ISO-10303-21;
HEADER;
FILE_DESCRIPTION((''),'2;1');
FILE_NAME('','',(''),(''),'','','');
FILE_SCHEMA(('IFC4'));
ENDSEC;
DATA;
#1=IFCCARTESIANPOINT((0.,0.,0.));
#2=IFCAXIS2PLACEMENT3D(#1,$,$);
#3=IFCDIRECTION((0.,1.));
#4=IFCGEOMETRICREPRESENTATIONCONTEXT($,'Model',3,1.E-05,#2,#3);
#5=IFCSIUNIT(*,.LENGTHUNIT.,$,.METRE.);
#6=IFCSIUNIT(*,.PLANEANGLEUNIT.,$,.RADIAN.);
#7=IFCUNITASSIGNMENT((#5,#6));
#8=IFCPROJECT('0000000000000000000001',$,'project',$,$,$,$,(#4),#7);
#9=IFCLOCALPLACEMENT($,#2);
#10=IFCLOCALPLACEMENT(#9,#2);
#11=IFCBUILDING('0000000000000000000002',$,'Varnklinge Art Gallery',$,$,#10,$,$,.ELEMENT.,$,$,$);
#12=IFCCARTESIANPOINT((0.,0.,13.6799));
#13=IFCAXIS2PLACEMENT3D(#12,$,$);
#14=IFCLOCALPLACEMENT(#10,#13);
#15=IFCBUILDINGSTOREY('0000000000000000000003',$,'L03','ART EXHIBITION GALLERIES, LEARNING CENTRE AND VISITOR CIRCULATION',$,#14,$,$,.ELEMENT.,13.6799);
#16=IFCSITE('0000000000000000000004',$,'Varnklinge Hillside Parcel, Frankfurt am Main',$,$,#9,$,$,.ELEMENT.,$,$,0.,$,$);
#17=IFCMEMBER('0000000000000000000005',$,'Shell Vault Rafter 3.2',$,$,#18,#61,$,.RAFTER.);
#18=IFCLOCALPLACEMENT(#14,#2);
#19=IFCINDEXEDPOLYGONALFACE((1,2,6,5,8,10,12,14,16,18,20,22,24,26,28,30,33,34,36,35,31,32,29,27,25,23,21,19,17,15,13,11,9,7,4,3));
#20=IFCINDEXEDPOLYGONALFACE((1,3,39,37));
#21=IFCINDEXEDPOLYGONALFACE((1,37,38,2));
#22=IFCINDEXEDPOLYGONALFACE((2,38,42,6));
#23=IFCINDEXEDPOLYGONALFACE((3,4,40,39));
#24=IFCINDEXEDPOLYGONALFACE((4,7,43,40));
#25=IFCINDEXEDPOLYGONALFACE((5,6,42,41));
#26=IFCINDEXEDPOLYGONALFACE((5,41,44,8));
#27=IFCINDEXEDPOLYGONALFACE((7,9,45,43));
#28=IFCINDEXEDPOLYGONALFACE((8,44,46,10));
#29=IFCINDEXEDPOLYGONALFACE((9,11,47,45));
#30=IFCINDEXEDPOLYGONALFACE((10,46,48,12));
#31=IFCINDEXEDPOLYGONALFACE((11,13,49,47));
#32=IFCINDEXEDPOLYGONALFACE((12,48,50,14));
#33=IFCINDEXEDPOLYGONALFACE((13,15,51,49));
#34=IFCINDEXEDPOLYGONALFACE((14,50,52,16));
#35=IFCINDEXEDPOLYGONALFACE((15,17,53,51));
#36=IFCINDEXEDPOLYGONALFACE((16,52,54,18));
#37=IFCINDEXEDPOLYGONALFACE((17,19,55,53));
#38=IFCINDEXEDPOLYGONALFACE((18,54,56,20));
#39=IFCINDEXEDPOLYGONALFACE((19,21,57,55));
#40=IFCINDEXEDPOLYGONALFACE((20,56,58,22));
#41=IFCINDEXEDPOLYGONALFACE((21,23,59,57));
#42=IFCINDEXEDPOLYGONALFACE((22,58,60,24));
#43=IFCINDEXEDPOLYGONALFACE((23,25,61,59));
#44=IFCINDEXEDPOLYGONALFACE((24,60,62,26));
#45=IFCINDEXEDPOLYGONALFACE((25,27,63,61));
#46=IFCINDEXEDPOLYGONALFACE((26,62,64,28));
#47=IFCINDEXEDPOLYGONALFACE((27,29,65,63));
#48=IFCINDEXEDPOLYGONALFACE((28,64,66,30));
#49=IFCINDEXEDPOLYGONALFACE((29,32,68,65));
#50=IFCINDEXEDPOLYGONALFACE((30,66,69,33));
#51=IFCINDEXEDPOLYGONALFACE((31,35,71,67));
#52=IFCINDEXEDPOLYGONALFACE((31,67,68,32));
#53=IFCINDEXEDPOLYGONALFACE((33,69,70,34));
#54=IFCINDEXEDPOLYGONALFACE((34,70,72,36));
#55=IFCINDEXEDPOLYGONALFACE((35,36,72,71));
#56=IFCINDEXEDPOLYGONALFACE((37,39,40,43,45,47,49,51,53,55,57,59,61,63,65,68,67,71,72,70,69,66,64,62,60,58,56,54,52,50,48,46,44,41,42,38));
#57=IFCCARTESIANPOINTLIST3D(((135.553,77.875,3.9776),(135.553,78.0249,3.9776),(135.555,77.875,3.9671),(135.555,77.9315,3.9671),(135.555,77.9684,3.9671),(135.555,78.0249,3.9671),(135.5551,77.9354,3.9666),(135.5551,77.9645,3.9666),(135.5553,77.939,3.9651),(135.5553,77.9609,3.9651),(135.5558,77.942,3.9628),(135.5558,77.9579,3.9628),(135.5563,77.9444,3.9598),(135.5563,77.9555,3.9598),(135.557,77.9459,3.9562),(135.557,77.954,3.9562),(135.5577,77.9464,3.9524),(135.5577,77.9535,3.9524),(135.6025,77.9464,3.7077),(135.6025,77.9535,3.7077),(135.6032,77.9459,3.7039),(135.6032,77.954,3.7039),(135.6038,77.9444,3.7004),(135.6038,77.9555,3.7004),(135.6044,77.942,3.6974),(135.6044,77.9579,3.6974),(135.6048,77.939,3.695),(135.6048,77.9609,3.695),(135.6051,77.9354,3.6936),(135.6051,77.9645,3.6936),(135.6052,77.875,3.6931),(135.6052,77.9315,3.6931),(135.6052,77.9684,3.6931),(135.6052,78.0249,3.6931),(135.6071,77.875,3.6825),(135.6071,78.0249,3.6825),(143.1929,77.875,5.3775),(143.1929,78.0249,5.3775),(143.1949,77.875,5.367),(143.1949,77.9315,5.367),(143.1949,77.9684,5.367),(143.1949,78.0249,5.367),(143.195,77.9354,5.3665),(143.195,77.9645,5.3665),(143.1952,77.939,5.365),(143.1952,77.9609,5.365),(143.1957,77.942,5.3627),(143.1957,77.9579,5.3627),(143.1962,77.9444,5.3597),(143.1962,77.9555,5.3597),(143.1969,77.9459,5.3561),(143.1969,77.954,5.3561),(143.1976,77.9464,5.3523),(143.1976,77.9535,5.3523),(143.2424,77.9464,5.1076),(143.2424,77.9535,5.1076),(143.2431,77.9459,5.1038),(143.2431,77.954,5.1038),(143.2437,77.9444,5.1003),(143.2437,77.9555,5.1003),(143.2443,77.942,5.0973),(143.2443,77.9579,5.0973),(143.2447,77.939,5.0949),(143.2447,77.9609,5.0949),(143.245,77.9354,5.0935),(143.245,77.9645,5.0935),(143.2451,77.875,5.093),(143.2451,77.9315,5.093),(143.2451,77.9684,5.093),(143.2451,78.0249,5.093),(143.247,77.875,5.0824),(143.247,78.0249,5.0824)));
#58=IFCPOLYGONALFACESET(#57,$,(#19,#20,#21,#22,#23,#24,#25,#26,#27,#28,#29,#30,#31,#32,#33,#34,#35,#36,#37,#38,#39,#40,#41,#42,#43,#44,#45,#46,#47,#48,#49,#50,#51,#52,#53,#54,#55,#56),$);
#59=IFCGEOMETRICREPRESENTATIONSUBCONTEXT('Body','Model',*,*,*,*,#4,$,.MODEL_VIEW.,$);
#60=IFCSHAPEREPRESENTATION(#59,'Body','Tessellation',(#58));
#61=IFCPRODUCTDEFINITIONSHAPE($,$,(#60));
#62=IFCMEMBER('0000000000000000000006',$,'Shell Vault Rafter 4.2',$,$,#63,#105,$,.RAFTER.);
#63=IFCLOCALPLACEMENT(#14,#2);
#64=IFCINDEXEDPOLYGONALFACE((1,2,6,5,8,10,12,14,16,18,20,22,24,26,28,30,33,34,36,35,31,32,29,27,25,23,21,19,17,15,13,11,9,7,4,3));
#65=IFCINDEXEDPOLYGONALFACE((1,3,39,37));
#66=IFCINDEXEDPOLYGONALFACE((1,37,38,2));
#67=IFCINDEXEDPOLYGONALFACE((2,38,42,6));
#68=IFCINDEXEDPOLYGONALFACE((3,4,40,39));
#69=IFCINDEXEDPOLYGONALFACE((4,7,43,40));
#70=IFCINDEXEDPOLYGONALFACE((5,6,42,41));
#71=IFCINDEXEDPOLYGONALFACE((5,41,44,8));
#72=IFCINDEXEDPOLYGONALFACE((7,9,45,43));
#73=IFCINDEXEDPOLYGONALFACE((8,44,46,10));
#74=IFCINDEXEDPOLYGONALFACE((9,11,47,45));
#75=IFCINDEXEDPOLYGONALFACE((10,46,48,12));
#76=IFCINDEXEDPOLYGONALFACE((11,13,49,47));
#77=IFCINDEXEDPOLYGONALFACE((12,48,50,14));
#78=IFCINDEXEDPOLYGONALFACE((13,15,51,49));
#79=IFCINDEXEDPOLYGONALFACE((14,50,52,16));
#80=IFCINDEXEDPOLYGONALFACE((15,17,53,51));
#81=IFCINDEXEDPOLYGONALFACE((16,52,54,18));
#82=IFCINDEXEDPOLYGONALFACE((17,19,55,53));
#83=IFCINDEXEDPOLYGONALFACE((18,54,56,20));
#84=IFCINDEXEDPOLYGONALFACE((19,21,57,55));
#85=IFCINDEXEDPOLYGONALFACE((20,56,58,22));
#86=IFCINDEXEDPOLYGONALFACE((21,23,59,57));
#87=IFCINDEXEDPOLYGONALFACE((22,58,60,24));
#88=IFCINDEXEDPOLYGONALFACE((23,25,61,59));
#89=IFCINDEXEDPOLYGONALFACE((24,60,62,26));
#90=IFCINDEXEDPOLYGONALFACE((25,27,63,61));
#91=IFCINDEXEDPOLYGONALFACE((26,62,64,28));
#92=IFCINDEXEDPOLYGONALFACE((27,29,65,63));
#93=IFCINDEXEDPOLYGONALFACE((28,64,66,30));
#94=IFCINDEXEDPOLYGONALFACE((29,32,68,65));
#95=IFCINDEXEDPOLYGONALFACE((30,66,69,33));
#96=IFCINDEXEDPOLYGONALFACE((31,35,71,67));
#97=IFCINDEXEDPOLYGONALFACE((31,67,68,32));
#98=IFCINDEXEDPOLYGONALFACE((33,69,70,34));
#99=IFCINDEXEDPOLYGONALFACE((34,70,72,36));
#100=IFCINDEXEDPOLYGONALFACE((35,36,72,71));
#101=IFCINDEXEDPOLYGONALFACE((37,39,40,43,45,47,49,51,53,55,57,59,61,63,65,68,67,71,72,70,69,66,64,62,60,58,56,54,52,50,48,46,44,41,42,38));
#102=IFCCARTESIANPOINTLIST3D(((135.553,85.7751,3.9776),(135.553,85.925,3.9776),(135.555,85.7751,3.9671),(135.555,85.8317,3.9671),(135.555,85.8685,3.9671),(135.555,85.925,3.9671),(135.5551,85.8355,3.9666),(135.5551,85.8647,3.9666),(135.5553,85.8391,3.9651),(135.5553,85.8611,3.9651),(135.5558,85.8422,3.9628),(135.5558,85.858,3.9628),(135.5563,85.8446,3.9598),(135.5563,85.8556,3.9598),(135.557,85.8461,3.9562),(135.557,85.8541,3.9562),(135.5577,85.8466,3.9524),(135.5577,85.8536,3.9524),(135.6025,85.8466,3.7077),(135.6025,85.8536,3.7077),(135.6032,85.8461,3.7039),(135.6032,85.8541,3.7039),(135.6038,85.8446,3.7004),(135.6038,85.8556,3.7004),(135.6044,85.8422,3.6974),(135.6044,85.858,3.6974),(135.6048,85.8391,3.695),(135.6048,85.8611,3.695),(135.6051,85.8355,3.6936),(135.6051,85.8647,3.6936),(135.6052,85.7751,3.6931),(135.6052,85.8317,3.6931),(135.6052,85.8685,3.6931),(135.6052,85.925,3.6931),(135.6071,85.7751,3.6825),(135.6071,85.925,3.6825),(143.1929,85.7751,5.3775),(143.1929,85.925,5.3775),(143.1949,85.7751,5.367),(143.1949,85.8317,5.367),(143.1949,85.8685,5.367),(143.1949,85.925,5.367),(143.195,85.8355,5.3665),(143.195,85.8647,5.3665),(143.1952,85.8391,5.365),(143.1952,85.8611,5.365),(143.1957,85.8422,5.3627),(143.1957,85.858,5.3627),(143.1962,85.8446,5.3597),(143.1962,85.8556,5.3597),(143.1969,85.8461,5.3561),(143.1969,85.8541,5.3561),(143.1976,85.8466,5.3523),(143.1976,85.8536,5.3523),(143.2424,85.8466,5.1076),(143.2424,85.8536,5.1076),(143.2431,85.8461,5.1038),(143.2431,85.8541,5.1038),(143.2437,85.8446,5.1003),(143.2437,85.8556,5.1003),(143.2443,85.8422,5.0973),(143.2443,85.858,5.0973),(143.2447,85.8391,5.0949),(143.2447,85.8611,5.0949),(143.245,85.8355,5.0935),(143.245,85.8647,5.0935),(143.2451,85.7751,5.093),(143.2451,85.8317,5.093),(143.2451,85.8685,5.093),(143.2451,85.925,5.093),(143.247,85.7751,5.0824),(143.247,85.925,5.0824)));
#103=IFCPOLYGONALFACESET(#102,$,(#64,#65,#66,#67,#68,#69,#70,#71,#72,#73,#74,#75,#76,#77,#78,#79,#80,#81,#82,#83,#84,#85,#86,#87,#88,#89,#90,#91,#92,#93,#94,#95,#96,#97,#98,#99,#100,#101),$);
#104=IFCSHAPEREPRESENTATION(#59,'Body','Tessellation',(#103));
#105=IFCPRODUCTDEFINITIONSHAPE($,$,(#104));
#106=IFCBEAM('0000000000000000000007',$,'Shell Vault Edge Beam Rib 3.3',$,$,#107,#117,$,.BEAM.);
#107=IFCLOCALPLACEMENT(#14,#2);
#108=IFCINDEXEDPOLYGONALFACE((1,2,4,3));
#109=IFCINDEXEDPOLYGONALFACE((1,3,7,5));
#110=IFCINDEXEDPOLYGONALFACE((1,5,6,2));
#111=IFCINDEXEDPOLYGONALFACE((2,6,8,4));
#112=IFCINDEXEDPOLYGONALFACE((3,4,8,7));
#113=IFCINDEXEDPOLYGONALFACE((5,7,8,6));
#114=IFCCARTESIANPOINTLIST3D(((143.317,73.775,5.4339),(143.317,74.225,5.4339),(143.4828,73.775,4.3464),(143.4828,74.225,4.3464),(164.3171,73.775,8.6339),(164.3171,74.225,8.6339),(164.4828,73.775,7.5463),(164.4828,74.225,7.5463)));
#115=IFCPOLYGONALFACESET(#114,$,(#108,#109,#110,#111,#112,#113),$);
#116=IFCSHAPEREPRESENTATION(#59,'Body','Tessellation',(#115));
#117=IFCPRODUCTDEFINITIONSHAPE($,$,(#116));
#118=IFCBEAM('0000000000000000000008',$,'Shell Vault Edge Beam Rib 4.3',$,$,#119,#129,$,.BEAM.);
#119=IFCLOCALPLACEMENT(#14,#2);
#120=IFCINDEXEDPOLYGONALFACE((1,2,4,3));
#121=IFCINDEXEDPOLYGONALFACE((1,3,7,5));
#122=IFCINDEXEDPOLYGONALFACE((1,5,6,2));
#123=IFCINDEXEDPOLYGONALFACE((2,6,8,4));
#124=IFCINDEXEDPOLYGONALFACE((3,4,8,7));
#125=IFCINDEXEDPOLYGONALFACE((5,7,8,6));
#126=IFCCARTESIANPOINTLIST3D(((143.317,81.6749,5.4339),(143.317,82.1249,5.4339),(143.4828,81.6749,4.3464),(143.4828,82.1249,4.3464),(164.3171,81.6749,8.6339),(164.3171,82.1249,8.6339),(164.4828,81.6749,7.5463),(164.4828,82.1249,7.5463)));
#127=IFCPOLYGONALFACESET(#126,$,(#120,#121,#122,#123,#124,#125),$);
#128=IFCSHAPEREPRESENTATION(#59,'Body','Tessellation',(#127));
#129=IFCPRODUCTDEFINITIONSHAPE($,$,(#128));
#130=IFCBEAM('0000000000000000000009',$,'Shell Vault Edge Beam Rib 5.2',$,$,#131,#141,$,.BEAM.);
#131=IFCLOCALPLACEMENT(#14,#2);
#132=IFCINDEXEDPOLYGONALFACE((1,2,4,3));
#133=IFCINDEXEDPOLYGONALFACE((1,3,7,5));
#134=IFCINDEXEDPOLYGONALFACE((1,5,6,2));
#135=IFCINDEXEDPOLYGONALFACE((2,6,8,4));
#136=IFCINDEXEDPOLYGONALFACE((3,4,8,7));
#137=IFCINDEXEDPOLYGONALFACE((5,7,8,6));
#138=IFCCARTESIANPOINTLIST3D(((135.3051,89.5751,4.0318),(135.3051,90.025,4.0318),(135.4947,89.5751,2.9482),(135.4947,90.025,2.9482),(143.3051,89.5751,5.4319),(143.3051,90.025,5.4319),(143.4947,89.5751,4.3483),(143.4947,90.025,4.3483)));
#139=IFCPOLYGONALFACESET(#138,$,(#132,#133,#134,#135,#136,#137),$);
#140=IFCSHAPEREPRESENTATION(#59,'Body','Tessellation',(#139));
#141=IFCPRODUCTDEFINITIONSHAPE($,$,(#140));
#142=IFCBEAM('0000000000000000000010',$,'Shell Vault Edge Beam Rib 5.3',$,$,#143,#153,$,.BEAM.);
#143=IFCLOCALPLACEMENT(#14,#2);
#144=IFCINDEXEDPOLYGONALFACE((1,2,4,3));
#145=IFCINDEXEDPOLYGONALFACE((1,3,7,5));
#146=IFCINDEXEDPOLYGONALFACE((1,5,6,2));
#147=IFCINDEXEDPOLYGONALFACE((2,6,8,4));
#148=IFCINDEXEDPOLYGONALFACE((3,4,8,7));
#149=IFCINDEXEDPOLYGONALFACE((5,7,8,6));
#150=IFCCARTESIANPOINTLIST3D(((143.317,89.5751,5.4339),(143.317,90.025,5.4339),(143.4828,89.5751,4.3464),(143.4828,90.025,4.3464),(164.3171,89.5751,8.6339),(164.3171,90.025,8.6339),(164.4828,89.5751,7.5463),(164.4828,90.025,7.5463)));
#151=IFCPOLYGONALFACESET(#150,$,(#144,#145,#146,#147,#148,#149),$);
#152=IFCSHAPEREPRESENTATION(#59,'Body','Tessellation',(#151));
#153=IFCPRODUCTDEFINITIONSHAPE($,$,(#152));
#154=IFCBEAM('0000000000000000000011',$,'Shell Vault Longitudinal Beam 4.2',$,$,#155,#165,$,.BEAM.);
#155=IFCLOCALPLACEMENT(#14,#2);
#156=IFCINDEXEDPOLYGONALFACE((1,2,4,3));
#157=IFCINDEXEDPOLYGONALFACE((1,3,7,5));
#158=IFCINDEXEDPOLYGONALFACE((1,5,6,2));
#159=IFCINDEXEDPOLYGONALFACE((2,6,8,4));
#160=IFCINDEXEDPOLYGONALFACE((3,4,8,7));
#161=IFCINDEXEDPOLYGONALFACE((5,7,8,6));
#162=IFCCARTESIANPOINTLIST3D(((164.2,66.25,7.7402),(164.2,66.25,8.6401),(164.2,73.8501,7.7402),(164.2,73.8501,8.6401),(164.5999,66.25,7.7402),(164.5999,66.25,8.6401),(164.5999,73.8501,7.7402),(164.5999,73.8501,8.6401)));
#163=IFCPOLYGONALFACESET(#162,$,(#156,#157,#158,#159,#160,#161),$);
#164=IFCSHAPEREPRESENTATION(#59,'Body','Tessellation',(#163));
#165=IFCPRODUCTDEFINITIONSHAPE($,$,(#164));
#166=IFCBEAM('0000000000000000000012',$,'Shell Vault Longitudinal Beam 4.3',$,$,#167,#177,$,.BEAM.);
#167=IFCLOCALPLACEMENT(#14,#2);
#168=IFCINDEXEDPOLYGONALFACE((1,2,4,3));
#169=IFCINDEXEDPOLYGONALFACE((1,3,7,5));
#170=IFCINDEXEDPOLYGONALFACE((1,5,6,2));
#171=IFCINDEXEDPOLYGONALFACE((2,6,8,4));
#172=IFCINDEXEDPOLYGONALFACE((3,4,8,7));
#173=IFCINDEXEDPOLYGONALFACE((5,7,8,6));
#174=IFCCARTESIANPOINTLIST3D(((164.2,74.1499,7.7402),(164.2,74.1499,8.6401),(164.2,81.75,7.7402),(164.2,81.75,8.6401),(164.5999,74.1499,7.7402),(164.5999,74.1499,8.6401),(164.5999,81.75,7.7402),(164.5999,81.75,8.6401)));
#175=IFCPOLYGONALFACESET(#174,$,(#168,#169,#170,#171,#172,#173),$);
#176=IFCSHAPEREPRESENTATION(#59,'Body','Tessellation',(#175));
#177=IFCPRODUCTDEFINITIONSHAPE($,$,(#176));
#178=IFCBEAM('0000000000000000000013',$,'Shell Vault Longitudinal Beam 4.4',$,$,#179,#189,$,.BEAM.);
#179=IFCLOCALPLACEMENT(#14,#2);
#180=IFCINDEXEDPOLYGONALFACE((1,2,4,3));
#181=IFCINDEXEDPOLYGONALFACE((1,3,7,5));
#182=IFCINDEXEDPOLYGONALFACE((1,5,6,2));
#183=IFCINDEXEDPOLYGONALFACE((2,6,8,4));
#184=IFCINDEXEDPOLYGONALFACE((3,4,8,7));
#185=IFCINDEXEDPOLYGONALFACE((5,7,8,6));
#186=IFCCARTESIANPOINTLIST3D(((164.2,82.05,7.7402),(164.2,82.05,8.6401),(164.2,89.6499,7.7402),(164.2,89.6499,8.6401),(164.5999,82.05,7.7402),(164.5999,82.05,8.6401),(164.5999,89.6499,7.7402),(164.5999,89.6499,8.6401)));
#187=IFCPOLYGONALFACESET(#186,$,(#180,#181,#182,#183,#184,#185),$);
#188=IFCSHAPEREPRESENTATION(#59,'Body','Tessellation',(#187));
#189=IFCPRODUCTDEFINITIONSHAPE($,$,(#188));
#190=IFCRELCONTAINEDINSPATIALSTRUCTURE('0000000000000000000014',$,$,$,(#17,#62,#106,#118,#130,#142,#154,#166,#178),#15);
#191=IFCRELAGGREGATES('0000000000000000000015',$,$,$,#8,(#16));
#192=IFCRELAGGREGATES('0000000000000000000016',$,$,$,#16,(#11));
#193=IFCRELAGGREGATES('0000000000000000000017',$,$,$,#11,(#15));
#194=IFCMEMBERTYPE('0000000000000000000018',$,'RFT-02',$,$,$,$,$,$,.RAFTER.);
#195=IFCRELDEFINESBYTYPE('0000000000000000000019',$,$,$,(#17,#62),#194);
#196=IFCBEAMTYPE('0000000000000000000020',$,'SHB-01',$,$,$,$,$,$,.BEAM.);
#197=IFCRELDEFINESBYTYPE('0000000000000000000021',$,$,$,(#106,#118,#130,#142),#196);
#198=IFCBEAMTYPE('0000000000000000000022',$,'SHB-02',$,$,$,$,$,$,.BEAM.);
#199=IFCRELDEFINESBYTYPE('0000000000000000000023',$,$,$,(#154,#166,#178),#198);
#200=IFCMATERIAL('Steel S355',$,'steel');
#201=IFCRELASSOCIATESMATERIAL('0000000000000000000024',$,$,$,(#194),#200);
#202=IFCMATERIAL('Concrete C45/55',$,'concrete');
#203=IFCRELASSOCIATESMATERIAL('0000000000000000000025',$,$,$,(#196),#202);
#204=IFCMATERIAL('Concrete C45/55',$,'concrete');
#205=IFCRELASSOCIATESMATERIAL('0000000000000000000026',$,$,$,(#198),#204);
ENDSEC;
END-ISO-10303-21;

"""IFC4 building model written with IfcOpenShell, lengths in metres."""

from ifc_helpers import new_model, si_unit, direction, frame, origin, origin_2d, place, context, subcontext, project, spatial, rectangle, i_section, extrude, material, material_profile, profile_set, type_object, element, save


model = new_model("IFC4")

# Units and contexts
model_context = context("Model", 3, precision=1e-05, world=origin(), true_north=direction((0.0, 1.0)))
body_context = subcontext(model_context, "Body", "Model", "MODEL_VIEW")
ifc_project = project(units=[si_unit("LENGTHUNIT", "METRE"), si_unit("PLANEANGLEUNIT", "RADIAN")], contexts=[model_context])

# Site, building, storey
site_placement = place(None, origin())
site = spatial("IfcSite", under=ifc_project, at=site_placement, Name="Varnklinge Hillside Parcel, Frankfurt am Main", CompositionType="ELEMENT", RefElevation=0.0)
building_placement = place(site_placement, origin())
building = spatial("IfcBuilding", under=site, at=building_placement, Name="Varnklinge Art Gallery", CompositionType="ELEMENT")
storey_placement = place(building_placement, frame((0.0, 0.0, 13.6799)))
storey = spatial("IfcBuildingStorey", under=building, at=storey_placement, Name="L03", Description="ART EXHIBITION GALLERIES, LEARNING CENTRE AND VISITOR CIRCULATION", CompositionType="ELEMENT", Elevation=13.6799)

# Members
ifc_material_1 = material(Name="Steel S355", Category="steel")
ifc_material_profile_1 = material_profile(ifc_material_1, i_section(OverallWidth=0.1499, OverallDepth=0.3, WebThickness=0.0071, FlangeThickness=0.0107, FilletRadius=0.0149, at=origin_2d()), Name="IPE 300")
ifc_profile_set_1 = profile_set([ifc_material_profile_1], Name="Steel S355")
member_type_1 = type_object("IfcMemberType", Name="RFT-02", PredefinedType="RAFTER", material=ifc_profile_set_1)
for number, where, z_axis, x_axis, name in (
    (1, (135.5801, 77.95, 3.8301), (0.983624, 0.0, 0.180235), (0.0, 1.0, 0.0), "Shell Vault Rafter 3.2"),
    (2, (135.5801, 85.8501, 3.8301), (0.983624, 0.0, 0.180235), (0.0, 1.0, 0.0), "Shell Vault Rafter 4.2"),
):
    element("IfcMember", number, at=place(storey_placement, frame(where, z_axis=z_axis, x_axis=x_axis)), inside=storey, type_object=member_type_1, Name=name, PredefinedType="RAFTER", context=body_context, shape_type="SweptSolid", body=[
        extrude(i_section(OverallWidth=0.1499, OverallDepth=0.3, WebThickness=0.0071, FlangeThickness=0.0107, FilletRadius=0.0149, at=origin_2d()), origin(), (0.0, 0.0, 1.0), 7.7671),
    ])

# Beams
ifc_material_2 = material(Name="Concrete C45/55", Category="concrete")
ifc_material_profile_2 = material_profile(ifc_material_2, rectangle(XDim=0.45, YDim=1.1001, at=origin_2d()), Name="RC 450x1100")
ifc_profile_set_2 = profile_set([ifc_material_profile_2], Name="Concrete C45/55")
beam_type_1 = type_object("IfcBeamType", Name="SHB-01", PredefinedType="BEAM", material=ifc_profile_set_2)
for number, where, z_axis, x_axis, name in (
    (3, (143.3999, 74.0, 4.8901), (0.988589, 0.0, 0.15064), (0.0, 1.0, 0.0), "Shell Vault Edge Beam Rib 3.3"),
    (4, (143.3999, 81.8999, 4.8901), (0.988589, 0.0, 0.15064), (0.0, 1.0, 0.0), "Shell Vault Edge Beam Rib 4.3"),
):
    element("IfcBeam", number, at=place(storey_placement, frame(where, z_axis=z_axis, x_axis=x_axis)), inside=storey, type_object=beam_type_1, Name=name, PredefinedType="BEAM", context=body_context, shape_type="SweptSolid", body=[
        extrude(rectangle(XDim=0.45, YDim=1.1001, at=origin_2d()), origin(), (0.0, 0.0, 1.0), 21.2424),
    ])
beam_1_placement = place(storey_placement, frame((135.3999, 89.8, 3.49), z_axis=(0.985027, 0.0, 0.172398), x_axis=(0.0, 1.0, 0.0)))
element("IfcBeam", 5, at=beam_1_placement, inside=storey, type_object=beam_type_1, Name="Shell Vault Edge Beam Rib 5.2", PredefinedType="BEAM", context=body_context, shape_type="SweptSolid", body=[
    extrude(rectangle(XDim=0.45, YDim=1.1001, at=origin_2d()), origin(), (0.0, 0.0, 1.0), 8.1216),
])
beam_2_placement = place(storey_placement, frame((143.3999, 89.8, 4.8901), z_axis=(0.988589, 0.0, 0.15064), x_axis=(0.0, 1.0, 0.0)))
element("IfcBeam", 6, at=beam_2_placement, inside=storey, type_object=beam_type_1, Name="Shell Vault Edge Beam Rib 5.3", PredefinedType="BEAM", context=body_context, shape_type="SweptSolid", body=[
    extrude(rectangle(XDim=0.45, YDim=1.1001, at=origin_2d()), origin(), (0.0, 0.0, 1.0), 21.2424),
])
ifc_material_3 = material(Name="Concrete C45/55", Category="concrete")
ifc_material_profile_3 = material_profile(ifc_material_3, rectangle(XDim=0.3999, YDim=0.8999, at=origin_2d()), Name="RC 400x900")
ifc_profile_set_3 = profile_set([ifc_material_profile_3], Name="Concrete C45/55")
beam_type_2 = type_object("IfcBeamType", Name="SHB-02", PredefinedType="BEAM", material=ifc_profile_set_3)
for number, where, z_axis, x_axis, name in (
    (7, (164.3999, 66.25, 8.1902), (0.0, 1.0, 0.0), (-1.0, 0.0, 0.0), "Shell Vault Longitudinal Beam 4.2"),
    (8, (164.3999, 74.1499, 8.1902), (0.0, 1.0, 0.0), (-1.0, 0.0, 0.0), "Shell Vault Longitudinal Beam 4.3"),
):
    element("IfcBeam", number, at=place(storey_placement, frame(where, z_axis=z_axis, x_axis=x_axis)), inside=storey, type_object=beam_type_2, Name=name, PredefinedType="BEAM", context=body_context, shape_type="SweptSolid", body=[
        extrude(rectangle(XDim=0.3999, YDim=0.8999, at=origin_2d()), origin(), (0.0, 0.0, 1.0), 7.6001),
    ])
beam_3_placement = place(storey_placement, frame((164.3999, 82.05, 8.1902), z_axis=(0.0, 1.0, 0.0), x_axis=(-1.0, 0.0, 0.0)))
element("IfcBeam", 9, at=beam_3_placement, inside=storey, type_object=beam_type_2, Name="Shell Vault Longitudinal Beam 4.4", PredefinedType="BEAM", context=body_context, shape_type="SweptSolid", body=[
    extrude(rectangle(XDim=0.3999, YDim=0.8999, at=origin_2d()), origin(), (0.0, 0.0, 1.0), 7.5999),
])

save(model, "model.ifc")
